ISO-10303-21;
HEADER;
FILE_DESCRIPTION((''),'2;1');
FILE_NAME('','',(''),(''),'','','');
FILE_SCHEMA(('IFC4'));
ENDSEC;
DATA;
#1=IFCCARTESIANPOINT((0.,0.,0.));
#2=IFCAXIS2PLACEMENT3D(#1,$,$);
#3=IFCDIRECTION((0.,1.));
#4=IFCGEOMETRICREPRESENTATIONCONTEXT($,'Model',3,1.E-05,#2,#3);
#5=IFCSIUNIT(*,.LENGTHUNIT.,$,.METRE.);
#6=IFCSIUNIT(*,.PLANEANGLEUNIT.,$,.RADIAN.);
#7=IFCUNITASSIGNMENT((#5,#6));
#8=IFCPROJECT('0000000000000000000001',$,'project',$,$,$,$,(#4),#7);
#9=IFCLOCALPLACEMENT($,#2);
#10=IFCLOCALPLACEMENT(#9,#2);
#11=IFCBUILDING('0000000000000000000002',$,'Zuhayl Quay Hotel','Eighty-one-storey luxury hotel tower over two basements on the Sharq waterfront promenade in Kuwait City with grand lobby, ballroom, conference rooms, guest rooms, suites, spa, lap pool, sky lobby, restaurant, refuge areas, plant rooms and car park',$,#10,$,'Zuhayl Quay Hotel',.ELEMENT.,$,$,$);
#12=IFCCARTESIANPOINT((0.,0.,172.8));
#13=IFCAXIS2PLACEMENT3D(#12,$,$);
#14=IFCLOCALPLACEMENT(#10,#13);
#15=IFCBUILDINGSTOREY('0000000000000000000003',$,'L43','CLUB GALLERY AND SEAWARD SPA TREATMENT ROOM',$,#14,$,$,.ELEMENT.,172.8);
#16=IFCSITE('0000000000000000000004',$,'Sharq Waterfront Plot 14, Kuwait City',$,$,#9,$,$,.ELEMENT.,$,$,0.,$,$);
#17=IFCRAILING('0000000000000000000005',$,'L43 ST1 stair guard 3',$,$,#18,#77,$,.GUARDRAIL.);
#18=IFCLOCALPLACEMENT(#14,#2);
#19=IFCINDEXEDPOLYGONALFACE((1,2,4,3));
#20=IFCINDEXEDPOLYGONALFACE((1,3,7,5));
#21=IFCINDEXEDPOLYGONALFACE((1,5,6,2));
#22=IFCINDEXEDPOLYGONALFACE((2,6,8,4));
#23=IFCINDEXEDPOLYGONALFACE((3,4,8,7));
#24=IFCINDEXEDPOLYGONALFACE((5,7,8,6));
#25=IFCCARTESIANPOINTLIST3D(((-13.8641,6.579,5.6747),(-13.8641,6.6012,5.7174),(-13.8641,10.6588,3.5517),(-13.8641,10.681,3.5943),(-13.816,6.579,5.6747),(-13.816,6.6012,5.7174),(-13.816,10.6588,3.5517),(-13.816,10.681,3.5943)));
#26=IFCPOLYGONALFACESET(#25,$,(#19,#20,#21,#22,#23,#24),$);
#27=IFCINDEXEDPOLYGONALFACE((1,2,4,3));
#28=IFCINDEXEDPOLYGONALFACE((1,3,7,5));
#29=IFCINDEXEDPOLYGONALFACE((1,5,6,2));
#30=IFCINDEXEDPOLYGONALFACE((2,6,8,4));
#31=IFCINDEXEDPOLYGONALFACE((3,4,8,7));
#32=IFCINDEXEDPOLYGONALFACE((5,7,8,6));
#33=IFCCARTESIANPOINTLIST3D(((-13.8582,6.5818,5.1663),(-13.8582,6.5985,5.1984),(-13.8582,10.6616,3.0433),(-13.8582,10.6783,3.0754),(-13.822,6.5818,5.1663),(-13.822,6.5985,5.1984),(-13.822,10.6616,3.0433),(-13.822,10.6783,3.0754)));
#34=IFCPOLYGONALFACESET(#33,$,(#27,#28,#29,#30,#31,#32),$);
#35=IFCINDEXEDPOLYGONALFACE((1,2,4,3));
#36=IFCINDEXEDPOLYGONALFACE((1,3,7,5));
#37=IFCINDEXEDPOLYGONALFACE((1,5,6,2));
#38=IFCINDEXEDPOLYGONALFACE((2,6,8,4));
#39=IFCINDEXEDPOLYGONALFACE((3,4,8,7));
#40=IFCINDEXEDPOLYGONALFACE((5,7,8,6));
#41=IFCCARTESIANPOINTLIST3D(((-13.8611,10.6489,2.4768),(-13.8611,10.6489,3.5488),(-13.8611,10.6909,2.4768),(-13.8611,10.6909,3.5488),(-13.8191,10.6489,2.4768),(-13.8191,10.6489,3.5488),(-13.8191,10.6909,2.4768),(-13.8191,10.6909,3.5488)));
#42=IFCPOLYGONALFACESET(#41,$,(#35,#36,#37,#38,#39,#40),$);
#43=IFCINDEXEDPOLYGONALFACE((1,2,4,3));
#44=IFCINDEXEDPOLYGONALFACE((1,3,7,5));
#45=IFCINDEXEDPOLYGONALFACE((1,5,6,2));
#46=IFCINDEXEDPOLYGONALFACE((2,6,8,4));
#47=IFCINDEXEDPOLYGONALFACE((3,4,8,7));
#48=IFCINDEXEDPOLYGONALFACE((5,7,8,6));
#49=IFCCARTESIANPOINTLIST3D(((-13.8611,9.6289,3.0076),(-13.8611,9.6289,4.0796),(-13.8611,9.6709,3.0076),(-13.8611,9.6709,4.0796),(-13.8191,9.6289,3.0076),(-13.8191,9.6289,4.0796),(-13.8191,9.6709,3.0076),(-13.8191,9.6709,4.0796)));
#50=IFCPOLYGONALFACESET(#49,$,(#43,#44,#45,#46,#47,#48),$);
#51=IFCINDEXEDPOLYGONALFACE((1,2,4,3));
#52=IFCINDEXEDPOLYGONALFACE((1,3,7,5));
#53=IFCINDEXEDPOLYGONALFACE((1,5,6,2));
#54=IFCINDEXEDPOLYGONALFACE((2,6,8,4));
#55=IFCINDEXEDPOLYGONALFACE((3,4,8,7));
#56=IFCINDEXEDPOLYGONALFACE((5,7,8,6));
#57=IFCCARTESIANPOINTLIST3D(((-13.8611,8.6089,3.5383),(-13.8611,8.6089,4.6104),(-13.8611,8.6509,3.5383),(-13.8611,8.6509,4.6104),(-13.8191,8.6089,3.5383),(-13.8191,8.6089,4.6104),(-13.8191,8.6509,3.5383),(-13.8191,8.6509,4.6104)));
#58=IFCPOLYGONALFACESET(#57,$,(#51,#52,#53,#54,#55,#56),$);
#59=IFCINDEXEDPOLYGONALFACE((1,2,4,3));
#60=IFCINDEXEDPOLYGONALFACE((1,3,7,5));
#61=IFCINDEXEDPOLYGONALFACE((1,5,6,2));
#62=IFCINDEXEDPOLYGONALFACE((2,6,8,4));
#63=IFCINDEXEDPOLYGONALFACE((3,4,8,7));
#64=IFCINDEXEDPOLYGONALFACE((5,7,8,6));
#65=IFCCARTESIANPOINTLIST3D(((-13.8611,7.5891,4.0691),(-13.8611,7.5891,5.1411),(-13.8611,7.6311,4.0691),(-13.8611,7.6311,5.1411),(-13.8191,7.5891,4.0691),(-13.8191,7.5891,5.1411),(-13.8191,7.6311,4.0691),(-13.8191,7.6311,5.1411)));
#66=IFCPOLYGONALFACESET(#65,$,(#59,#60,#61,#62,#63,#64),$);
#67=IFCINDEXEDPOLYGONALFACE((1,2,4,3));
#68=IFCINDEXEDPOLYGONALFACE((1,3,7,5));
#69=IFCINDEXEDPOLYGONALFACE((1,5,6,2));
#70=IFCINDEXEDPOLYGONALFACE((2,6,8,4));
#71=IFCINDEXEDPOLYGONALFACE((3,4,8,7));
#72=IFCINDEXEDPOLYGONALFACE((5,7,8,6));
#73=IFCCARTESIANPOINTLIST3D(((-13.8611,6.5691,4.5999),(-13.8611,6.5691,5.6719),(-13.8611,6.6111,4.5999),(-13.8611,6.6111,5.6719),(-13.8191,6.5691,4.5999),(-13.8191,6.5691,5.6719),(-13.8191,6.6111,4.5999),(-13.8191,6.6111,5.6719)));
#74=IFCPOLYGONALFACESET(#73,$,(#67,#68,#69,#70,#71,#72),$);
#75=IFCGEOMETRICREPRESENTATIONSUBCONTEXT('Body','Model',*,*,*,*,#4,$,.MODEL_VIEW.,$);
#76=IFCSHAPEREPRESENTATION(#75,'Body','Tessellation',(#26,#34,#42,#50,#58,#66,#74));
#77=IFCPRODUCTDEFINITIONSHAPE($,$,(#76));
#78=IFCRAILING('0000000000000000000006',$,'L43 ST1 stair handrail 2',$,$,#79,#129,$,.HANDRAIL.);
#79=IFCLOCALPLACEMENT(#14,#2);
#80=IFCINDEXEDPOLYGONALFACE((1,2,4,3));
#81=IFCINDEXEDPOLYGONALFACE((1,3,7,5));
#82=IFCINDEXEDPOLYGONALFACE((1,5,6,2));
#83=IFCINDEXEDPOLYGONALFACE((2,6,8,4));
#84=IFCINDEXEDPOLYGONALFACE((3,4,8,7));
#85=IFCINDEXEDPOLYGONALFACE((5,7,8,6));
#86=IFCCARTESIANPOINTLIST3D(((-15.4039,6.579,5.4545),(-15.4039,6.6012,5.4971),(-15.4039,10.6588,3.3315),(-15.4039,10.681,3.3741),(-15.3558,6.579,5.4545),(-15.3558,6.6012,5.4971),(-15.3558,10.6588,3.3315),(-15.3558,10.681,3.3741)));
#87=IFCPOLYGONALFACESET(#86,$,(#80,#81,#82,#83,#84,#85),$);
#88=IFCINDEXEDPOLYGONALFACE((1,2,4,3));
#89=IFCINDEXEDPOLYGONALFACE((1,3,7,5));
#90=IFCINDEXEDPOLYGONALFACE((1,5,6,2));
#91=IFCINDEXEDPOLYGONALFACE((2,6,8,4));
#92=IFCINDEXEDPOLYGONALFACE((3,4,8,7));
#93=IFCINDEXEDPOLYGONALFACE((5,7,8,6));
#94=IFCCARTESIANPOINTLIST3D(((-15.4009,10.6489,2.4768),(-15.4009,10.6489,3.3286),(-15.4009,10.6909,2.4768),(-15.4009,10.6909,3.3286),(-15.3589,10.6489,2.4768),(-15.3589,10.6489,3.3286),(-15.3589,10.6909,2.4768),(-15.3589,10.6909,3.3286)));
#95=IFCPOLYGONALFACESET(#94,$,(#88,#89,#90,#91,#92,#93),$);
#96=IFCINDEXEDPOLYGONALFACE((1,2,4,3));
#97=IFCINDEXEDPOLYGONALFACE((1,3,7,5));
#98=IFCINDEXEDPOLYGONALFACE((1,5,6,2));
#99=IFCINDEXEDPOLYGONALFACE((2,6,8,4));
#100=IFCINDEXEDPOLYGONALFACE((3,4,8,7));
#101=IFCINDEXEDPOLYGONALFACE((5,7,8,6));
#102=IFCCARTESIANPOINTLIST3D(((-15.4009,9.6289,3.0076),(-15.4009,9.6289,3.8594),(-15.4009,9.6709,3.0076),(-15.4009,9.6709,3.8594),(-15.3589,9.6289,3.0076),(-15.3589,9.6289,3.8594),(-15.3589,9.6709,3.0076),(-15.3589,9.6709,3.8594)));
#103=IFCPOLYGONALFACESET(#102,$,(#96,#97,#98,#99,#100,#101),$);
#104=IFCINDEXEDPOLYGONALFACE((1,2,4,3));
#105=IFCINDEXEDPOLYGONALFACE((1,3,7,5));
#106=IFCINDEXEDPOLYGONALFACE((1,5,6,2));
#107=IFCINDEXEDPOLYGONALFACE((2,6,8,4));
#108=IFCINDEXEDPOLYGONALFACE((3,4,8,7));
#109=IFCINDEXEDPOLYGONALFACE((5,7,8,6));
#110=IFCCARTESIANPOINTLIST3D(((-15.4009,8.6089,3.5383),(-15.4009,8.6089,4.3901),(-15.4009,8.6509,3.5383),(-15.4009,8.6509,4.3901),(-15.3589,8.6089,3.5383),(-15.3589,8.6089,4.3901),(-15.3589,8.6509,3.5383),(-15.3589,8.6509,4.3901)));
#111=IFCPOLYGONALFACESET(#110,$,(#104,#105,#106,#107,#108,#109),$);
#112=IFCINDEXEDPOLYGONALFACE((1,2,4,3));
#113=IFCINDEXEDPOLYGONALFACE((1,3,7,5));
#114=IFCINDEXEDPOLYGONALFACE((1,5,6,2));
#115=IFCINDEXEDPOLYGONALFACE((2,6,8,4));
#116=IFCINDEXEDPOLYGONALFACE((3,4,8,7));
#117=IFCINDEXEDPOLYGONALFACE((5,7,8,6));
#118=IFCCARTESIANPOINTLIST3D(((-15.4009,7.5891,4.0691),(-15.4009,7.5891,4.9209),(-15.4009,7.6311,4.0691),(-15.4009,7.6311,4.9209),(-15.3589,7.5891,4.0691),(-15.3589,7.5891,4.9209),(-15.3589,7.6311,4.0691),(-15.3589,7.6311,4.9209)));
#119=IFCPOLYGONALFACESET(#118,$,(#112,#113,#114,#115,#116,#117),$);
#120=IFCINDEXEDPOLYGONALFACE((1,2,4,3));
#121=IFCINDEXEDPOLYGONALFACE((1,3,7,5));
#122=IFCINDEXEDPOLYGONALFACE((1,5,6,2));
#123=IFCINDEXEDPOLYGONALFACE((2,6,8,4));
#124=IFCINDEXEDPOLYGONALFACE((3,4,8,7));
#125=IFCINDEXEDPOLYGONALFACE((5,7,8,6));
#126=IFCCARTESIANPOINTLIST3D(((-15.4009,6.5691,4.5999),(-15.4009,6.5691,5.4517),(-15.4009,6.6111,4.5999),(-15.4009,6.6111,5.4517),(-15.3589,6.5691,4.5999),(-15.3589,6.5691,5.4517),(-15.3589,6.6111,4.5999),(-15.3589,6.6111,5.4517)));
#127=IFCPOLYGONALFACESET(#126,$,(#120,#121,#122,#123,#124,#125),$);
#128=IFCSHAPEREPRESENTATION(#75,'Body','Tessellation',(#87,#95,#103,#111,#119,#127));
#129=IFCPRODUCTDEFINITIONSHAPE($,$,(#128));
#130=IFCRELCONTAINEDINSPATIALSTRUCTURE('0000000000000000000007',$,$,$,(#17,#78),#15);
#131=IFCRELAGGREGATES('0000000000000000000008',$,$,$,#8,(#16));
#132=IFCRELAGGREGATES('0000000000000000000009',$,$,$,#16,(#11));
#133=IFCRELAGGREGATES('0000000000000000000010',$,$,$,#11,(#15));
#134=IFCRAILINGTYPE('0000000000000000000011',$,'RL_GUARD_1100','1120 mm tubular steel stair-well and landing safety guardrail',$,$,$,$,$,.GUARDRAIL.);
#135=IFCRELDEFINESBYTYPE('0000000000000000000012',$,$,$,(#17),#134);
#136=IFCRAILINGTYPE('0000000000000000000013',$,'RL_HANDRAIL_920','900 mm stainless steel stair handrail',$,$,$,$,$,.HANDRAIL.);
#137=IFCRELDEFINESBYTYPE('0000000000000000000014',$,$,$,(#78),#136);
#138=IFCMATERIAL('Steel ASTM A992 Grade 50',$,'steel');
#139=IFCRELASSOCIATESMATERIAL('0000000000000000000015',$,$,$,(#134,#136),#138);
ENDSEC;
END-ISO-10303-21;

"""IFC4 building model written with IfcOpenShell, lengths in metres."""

from ifc_helpers import new_model, si_unit, direction, frame, origin, origin_2d, place, context, subcontext, project, spatial, rectangle, extrude, material, type_object, element, save


model = new_model("IFC4")

# Units and contexts
model_context = context("Model", 3, precision=1e-05, world=origin(), true_north=direction((0.0, 1.0)))
body_context = subcontext(model_context, "Body", "Model", "MODEL_VIEW")
ifc_project = project(units=[si_unit("LENGTHUNIT", "METRE"), si_unit("PLANEANGLEUNIT", "RADIAN")], contexts=[model_context])

# Site, building, storey
site_placement = place(None, origin())
site = spatial("IfcSite", under=ifc_project, at=site_placement, Name="Sharq Waterfront Plot 14, Kuwait City", CompositionType="ELEMENT", RefElevation=0.0)
building_placement = place(site_placement, origin())
building = spatial("IfcBuilding", under=site, at=building_placement, Name="Zuhayl Quay Hotel", Description="Eighty-one-storey luxury hotel tower over two basements on the Sharq waterfront promenade in Kuwait City with grand lobby, ballroom, conference rooms, guest rooms, suites, spa, lap pool, sky lobby, restaurant, refuge areas, plant rooms and car park", LongName="Zuhayl Quay Hotel", CompositionType="ELEMENT")
storey_placement = place(building_placement, frame((0.0, 0.0, 172.8)))
storey = spatial("IfcBuildingStorey", under=building, at=storey_placement, Name="L43", Description="CLUB GALLERY AND SEAWARD SPA TREATMENT ROOM", CompositionType="ELEMENT", Elevation=172.8)

# Shared definitions
ifc_material_1 = material(Name="Steel ASTM A992 Grade 50", Category="steel")

# Railings
railing_type_1 = type_object("IfcRailingType", Name="RL_GUARD_1100", Description="1120 mm tubular steel stair-well and landing safety guardrail", PredefinedType="GUARDRAIL", material=ifc_material_1)
railing_1_placement = place(storey_placement, frame((-13.8401, 10.6699, 2.4768)))
element("IfcRailing", 1, at=railing_1_placement, inside=storey, type_object=railing_type_1, Name="L43 ST1 stair guard 3", PredefinedType="GUARDRAIL", context=body_context, shape_type="SweptSolid", body=[
    extrude(rectangle(XDim=0.0481, YDim=0.0481, at=origin_2d()), frame((0.0, 0.0, 1.0962), z_axis=(0.0, -0.88708, 0.461615), x_axis=(1.0, 0.0, 0.0)), (0.0, 0.0, 1.0), 4.5991),
    extrude(rectangle(XDim=0.0361, YDim=0.0361, at=origin_2d()), frame((0.0, 0.0, 0.5825), z_axis=(0.0, -0.88708, 0.461615), x_axis=(1.0, 0.0, 0.0)), (0.0, 0.0, 1.0), 4.5991),
    extrude(rectangle(XDim=0.042, YDim=0.042, at=origin_2d()), origin(), (0.0, 0.0, 1.0), 1.072),
    extrude(rectangle(XDim=0.042, YDim=0.042, at=origin_2d()), frame((0.0, -1.02, 0.5308)), (0.0, 0.0, 1.0), 1.072),
    extrude(rectangle(XDim=0.042, YDim=0.042, at=origin_2d()), frame((0.0, -2.04, 1.0615)), (0.0, 0.0, 1.0), 1.072),
    extrude(rectangle(XDim=0.042, YDim=0.042, at=origin_2d()), frame((0.0, -3.0598, 1.5923)), (0.0, 0.0, 1.0), 1.072),
    extrude(rectangle(XDim=0.042, YDim=0.042, at=origin_2d()), frame((0.0, -4.0798, 2.123)), (0.0, 0.0, 1.0), 1.072),
])
railing_type_2 = type_object("IfcRailingType", Name="RL_HANDRAIL_920", Description="900 mm stainless steel stair handrail", PredefinedType="HANDRAIL", material=ifc_material_1)
railing_2_placement = place(storey_placement, frame((-15.3799, 10.6699, 2.4768)))
element("IfcRailing", 2, at=railing_2_placement, inside=storey, type_object=railing_type_2, Name="L43 ST1 stair handrail 2", PredefinedType="HANDRAIL", context=body_context, shape_type="SweptSolid", body=[
    extrude(rectangle(XDim=0.0481, YDim=0.0481, at=origin_2d()), frame((0.0, 0.0, 0.876), z_axis=(0.0, -0.88708, 0.461615), x_axis=(1.0, 0.0, 0.0)), (0.0, 0.0, 1.0), 4.5991),
    extrude(rectangle(XDim=0.042, YDim=0.042, at=origin_2d()), origin(), (0.0, 0.0, 1.0), 0.8518),
    extrude(rectangle(XDim=0.042, YDim=0.042, at=origin_2d()), frame((0.0, -1.02, 0.5308)), (0.0, 0.0, 1.0), 0.8518),
    extrude(rectangle(XDim=0.042, YDim=0.042, at=origin_2d()), frame((0.0, -2.04, 1.0615)), (0.0, 0.0, 1.0), 0.8518),
    extrude(rectangle(XDim=0.042, YDim=0.042, at=origin_2d()), frame((0.0, -3.0598, 1.5923)), (0.0, 0.0, 1.0), 0.8518),
    extrude(rectangle(XDim=0.042, YDim=0.042, at=origin_2d()), frame((0.0, -4.0798, 2.123)), (0.0, 0.0, 1.0), 0.8518),
])

save(model, "model.ifc")
